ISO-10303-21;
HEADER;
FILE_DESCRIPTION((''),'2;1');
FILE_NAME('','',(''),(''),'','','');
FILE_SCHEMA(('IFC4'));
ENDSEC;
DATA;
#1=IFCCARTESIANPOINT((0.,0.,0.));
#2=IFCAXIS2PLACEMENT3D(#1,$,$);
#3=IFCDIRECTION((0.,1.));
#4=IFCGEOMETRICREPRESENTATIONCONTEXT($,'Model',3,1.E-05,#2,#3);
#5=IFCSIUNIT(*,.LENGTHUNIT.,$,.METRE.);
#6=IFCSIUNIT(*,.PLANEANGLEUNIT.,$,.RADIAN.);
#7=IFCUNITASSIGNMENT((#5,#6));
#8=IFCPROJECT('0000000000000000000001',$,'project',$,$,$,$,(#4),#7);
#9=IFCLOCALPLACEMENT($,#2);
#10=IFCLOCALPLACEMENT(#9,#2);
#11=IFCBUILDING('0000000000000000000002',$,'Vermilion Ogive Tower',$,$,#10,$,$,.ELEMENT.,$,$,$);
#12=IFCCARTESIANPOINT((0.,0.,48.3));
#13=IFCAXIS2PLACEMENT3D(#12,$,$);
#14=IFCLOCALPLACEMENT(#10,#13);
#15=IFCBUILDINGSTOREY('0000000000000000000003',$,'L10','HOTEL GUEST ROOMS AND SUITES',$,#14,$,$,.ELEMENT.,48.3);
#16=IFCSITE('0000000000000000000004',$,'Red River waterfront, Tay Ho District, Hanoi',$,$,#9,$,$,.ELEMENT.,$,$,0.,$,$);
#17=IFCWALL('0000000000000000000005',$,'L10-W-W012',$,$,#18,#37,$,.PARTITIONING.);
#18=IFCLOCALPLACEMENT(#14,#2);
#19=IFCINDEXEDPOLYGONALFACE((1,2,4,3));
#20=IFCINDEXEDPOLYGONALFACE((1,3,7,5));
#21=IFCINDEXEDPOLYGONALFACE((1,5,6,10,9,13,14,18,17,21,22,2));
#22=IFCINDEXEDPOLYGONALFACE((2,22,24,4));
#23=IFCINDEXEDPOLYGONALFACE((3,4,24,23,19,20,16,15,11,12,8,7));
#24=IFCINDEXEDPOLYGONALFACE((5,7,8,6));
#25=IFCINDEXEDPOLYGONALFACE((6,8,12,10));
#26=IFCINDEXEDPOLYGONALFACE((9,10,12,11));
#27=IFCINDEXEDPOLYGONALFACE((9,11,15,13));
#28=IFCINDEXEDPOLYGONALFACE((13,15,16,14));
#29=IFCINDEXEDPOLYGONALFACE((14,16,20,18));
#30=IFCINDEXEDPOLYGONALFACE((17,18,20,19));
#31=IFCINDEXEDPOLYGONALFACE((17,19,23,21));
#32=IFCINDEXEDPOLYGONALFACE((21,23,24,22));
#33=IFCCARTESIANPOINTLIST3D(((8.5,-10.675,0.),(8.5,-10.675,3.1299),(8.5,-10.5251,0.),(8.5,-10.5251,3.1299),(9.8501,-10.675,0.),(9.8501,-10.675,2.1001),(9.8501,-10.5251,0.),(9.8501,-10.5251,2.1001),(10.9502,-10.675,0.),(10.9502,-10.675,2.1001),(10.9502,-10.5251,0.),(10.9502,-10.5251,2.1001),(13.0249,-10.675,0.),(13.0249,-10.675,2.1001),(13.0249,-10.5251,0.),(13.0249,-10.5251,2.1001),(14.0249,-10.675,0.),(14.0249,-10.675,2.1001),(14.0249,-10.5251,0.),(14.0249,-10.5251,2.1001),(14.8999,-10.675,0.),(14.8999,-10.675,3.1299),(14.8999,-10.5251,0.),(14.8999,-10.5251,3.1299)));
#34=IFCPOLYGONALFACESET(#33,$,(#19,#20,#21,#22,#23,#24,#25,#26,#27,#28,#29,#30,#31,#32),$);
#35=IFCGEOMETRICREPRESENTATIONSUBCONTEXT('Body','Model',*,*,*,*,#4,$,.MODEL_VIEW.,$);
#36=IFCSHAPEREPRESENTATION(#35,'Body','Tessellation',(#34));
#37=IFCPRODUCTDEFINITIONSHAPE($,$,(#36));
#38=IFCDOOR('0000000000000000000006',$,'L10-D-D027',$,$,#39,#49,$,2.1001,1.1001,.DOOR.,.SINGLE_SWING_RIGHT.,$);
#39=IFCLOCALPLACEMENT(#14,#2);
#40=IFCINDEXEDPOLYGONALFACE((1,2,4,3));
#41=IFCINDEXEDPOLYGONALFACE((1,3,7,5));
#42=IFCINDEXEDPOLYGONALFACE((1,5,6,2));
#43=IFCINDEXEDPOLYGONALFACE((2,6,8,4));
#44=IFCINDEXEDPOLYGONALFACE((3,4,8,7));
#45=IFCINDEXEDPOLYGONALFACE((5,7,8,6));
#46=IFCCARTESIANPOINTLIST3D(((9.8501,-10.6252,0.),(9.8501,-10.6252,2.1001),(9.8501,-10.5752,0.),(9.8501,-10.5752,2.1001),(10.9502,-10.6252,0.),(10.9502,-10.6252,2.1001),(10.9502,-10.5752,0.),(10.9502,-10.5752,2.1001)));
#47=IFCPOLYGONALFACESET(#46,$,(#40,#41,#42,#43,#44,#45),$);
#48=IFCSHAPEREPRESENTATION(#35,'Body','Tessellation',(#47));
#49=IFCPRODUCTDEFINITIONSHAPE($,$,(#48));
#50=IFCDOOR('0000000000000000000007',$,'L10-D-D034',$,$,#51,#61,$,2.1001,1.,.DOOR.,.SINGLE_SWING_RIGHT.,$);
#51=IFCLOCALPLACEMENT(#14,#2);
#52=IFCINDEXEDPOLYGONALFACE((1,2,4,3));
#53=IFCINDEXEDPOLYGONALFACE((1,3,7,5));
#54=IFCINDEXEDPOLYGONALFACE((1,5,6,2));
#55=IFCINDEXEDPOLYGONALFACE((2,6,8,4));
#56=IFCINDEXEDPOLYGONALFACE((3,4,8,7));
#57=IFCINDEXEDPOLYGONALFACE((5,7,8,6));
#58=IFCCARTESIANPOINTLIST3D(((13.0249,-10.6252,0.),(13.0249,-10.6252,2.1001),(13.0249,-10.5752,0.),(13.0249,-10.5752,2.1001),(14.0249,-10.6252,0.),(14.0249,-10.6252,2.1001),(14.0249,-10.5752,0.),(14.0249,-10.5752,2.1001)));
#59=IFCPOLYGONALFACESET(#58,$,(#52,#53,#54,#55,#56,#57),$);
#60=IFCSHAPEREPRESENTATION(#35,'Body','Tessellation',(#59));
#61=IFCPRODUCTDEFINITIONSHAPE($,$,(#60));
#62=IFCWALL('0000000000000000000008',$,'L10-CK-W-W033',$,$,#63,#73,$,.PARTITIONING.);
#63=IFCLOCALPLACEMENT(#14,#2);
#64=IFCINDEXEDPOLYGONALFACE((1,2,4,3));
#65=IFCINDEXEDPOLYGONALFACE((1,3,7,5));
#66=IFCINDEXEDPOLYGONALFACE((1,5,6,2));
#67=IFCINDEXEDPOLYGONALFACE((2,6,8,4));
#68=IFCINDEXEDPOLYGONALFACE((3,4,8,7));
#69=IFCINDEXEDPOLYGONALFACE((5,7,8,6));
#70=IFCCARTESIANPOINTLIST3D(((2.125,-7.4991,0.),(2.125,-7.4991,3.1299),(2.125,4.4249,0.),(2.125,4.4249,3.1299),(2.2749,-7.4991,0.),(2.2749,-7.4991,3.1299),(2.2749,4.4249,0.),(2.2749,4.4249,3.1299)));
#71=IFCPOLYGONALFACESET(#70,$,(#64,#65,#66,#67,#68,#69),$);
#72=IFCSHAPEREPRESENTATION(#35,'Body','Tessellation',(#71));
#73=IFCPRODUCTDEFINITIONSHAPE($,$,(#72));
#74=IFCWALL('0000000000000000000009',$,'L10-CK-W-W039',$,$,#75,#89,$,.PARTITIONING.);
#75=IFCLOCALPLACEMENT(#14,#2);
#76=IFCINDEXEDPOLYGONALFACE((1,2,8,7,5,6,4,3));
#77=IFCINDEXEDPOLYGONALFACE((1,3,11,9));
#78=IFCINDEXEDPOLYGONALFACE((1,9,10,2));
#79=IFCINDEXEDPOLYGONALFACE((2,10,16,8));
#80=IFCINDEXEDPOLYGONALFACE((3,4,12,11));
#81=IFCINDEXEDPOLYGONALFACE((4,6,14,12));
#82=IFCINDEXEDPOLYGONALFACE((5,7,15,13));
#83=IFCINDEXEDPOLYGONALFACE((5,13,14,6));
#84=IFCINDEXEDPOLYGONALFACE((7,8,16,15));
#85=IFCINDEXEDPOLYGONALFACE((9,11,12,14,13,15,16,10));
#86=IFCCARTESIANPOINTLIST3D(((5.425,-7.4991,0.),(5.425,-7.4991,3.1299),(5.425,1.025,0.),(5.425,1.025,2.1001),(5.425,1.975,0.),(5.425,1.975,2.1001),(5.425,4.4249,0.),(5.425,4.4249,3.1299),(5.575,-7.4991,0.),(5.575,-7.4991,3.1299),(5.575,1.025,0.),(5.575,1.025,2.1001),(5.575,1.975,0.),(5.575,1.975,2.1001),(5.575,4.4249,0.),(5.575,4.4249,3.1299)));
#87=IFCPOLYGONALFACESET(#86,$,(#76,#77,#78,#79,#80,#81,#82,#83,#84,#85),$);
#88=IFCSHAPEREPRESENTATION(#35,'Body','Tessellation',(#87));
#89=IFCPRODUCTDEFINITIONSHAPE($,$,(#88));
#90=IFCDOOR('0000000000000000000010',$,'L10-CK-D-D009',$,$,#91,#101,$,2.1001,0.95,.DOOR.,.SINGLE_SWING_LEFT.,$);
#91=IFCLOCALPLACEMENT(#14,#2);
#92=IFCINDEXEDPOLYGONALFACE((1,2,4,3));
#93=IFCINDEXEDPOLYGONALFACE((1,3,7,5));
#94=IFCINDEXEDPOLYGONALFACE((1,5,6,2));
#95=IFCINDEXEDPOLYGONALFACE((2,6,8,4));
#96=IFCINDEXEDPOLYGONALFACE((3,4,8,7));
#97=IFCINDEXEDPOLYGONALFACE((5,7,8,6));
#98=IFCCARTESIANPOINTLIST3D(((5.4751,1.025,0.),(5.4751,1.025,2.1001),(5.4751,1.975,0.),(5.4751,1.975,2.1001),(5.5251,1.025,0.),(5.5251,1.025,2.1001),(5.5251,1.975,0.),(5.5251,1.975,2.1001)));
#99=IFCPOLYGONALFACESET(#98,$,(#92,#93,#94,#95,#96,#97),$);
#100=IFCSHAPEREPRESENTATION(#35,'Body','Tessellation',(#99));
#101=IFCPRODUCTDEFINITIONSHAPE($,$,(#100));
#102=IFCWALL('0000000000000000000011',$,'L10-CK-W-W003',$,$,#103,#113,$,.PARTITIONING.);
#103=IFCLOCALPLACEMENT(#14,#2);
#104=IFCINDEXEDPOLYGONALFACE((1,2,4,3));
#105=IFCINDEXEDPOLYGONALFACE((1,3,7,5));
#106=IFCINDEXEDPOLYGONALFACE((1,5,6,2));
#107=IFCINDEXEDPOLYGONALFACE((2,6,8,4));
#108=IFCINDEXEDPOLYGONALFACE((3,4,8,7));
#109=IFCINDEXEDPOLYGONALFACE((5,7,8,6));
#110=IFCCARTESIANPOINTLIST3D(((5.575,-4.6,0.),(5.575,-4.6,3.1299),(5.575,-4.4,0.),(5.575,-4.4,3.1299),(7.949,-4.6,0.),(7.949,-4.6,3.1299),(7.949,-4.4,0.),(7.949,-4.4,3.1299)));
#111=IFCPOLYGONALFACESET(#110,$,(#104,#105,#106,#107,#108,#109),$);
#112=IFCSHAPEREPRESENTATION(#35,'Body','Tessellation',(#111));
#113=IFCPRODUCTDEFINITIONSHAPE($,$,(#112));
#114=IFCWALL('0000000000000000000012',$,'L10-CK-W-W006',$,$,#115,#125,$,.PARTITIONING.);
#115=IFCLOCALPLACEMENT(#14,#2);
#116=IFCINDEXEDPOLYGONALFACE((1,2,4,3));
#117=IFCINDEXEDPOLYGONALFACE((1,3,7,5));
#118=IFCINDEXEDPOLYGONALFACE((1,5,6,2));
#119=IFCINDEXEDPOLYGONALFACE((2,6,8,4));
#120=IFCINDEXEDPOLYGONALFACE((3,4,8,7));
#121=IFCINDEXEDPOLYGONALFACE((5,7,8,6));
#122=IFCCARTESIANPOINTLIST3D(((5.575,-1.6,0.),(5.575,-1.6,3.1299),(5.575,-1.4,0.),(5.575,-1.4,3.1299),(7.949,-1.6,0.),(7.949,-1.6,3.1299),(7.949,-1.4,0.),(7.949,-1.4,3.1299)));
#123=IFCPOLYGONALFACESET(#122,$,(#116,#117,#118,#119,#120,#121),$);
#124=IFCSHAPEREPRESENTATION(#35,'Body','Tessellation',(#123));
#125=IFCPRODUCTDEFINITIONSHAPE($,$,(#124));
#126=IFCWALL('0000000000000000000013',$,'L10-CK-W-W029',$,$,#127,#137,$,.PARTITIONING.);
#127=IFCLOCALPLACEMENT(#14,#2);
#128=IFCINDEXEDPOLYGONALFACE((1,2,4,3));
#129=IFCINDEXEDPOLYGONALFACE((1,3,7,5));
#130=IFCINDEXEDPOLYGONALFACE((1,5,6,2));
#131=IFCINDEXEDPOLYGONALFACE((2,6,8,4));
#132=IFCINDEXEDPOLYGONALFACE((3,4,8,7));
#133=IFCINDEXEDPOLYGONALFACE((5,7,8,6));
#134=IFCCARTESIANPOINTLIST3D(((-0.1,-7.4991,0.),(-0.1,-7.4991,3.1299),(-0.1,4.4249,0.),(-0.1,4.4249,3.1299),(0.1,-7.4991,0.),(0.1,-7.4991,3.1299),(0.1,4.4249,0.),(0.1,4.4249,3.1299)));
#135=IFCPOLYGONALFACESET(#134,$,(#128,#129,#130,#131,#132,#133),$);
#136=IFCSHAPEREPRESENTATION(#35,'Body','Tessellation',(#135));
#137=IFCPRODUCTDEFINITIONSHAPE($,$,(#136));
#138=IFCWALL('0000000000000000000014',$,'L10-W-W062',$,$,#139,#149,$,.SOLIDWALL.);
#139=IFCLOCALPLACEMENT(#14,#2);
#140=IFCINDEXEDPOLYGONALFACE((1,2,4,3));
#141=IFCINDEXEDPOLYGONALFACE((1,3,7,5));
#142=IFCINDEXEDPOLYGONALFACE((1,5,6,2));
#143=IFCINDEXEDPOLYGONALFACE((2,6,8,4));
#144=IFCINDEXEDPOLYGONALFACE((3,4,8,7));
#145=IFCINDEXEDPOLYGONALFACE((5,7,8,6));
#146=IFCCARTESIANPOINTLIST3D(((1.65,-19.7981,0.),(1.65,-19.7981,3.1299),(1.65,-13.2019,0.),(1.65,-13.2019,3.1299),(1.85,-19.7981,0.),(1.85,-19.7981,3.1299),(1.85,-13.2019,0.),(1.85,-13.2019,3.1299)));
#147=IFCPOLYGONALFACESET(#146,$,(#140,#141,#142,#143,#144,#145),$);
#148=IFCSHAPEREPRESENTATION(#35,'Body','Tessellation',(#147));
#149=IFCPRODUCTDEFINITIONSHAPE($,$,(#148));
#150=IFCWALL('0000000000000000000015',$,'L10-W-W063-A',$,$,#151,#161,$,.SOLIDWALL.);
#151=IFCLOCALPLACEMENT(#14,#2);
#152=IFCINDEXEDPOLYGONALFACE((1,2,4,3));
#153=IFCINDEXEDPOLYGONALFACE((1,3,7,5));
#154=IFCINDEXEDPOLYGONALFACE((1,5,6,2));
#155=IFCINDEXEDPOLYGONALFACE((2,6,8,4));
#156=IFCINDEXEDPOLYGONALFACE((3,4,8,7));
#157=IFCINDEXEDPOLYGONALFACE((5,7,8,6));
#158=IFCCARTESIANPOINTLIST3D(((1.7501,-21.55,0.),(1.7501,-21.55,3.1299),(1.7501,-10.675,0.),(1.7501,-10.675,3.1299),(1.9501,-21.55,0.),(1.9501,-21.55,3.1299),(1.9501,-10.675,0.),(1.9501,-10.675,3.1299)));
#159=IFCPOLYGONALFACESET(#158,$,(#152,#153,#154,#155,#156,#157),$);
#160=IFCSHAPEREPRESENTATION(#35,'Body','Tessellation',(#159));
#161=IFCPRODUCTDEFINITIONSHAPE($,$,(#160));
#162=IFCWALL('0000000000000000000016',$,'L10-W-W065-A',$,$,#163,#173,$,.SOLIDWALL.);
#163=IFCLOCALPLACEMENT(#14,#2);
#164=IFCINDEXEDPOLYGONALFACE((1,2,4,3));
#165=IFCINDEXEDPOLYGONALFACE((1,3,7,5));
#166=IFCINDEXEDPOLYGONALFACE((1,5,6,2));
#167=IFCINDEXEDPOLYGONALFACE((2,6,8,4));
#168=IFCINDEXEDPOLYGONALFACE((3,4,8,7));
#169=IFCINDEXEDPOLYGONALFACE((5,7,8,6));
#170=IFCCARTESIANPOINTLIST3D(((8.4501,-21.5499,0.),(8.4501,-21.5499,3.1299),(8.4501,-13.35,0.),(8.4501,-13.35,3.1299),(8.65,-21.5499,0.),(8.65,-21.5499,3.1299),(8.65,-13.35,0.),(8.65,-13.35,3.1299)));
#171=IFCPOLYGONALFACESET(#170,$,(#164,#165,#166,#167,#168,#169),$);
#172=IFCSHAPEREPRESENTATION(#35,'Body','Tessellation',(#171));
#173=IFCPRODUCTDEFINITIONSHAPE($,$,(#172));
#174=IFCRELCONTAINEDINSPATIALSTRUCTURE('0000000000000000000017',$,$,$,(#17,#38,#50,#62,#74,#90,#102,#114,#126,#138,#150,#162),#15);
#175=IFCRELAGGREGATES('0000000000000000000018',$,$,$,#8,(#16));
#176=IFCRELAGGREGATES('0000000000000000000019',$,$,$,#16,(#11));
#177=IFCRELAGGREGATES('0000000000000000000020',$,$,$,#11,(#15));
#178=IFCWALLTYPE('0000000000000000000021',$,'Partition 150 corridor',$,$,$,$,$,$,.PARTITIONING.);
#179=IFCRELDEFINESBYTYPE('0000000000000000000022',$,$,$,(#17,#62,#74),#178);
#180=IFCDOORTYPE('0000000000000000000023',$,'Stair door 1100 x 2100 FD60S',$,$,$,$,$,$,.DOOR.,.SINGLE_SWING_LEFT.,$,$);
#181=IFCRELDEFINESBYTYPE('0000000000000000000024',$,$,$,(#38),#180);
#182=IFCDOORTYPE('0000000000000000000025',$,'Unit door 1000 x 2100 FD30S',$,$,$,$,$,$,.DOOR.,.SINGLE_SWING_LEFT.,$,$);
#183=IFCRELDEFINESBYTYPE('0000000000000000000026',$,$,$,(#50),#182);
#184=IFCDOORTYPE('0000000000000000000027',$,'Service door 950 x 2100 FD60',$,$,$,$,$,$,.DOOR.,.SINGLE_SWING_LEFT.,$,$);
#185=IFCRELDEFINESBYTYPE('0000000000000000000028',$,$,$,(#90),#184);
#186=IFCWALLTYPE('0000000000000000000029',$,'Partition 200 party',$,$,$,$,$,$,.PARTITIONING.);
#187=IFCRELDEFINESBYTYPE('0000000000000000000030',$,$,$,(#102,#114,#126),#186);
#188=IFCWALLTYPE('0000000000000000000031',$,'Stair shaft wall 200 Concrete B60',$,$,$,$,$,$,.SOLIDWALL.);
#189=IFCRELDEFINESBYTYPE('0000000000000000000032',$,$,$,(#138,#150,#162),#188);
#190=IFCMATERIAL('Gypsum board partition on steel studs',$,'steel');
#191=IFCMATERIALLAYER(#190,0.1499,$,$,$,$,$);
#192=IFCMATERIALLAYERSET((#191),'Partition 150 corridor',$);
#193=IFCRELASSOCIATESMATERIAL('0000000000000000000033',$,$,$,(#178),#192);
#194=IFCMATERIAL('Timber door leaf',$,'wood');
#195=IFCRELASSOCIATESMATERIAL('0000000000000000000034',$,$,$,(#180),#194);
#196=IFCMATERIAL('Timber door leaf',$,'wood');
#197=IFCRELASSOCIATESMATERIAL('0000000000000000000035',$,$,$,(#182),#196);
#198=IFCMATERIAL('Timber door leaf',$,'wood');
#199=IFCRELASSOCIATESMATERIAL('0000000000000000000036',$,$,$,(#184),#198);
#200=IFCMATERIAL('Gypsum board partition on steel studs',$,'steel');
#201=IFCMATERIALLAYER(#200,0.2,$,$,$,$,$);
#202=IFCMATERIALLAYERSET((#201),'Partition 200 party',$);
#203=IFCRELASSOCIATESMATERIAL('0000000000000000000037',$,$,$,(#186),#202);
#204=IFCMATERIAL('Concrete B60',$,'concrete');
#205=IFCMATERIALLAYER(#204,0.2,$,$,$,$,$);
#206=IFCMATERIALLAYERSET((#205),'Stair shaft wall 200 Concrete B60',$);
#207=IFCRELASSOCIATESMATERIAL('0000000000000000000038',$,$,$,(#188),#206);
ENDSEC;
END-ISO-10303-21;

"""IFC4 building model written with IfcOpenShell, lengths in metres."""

from ifc_helpers import new_model, si_unit, direction, frame, frame_2d, origin, place, context, subcontext, project, spatial, rectangle, extrude, material, layer, layer_set, type_object, element, fill, save


model = new_model("IFC4")

# Units and contexts
model_context = context("Model", 3, precision=1e-05, world=origin(), true_north=direction((0.0, 1.0)))
body_context = subcontext(model_context, "Body", "Model", "MODEL_VIEW")
ifc_project = project(units=[si_unit("LENGTHUNIT", "METRE"), si_unit("PLANEANGLEUNIT", "RADIAN")], contexts=[model_context])

# Site, building, storey
site_placement = place(None, origin())
site = spatial("IfcSite", under=ifc_project, at=site_placement, Name="Red River waterfront, Tay Ho District, Hanoi", CompositionType="ELEMENT", RefElevation=0.0)
building_placement = place(site_placement, origin())
building = spatial("IfcBuilding", under=site, at=building_placement, Name="Vermilion Ogive Tower", CompositionType="ELEMENT")
storey_placement = place(building_placement, frame((0.0, 0.0, 48.3)))
storey = spatial("IfcBuildingStorey", under=building, at=storey_placement, Name="L10", Description="HOTEL GUEST ROOMS AND SUITES", CompositionType="ELEMENT", Elevation=48.3)

# Wall, openings, doors
ifc_material_1 = material(Name="Gypsum board partition on steel studs", Category="steel")
ifc_layer_1 = layer(ifc_material_1, 0.1499)
ifc_layer_set_1 = layer_set([ifc_layer_1], Name="Partition 150 corridor")
wall_type_1 = type_object("IfcWallType", Name="Partition 150 corridor", PredefinedType="PARTITIONING", material=ifc_layer_set_1)
wall_1_placement = place(storey_placement, frame((8.5, -10.6001, 0.0), z_axis=(0.0, 0.0, 1.0), x_axis=(1.0, 0.0, 0.0)))
wall_1 = element("IfcWall", 1, at=wall_1_placement, inside=storey, type_object=wall_type_1, Name="L10-W-W012", PredefinedType="PARTITIONING", context=body_context, shape_type="SweptSolid", body=[
    extrude(rectangle(XDim=6.3999, YDim=0.1499, at=frame_2d((3.2, 0.0))), origin(), (0.0, 0.0, 1.0), 3.1299),
])
opening_1_placement = place(wall_1_placement, frame((1.3501, 0.0, 0.0)))
opening_1 = element("IfcOpeningElement", 2, at=opening_1_placement, cuts=wall_1, PredefinedType="OPENING", context=body_context, shape_type="SweptSolid", body=[
    extrude(rectangle(XDim=1.1001, YDim=2.1001, at=frame_2d((0.55, 1.05))), frame((0.0, 0.085, 0.0), z_axis=(0.0, -1.0, 0.0), x_axis=(1.0, 0.0, 0.0)), (0.0, 0.0, 1.0), 0.1699),
])
opening_2_placement = place(wall_1_placement, frame((4.5249, 0.0, 0.0)))
opening_2 = element("IfcOpeningElement", 3, at=opening_2_placement, cuts=wall_1, PredefinedType="OPENING", context=body_context, shape_type="SweptSolid", body=[
    extrude(rectangle(XDim=1.0, YDim=2.1001, at=frame_2d((0.5, 1.05))), frame((0.0, 0.085, 0.0), z_axis=(0.0, -1.0, 0.0), x_axis=(1.0, 0.0, 0.0)), (0.0, 0.0, 1.0), 0.1699),
])
ifc_material_2 = material(Name="Timber door leaf", Category="wood")
door_type_1 = type_object("IfcDoorType", Name="Stair door 1100 x 2100 FD60S", OperationType="SINGLE_SWING_LEFT", PredefinedType="DOOR", material=ifc_material_2)
door_1_placement = place(opening_1_placement, origin())
door_1 = element("IfcDoor", 4, at=door_1_placement, inside=storey, type_object=door_type_1, Name="L10-D-D027", OperationType="SINGLE_SWING_RIGHT", OverallHeight=2.1001, OverallWidth=1.1001, PredefinedType="DOOR", context=body_context, shape_type="SweptSolid", body=[
    extrude(rectangle(XDim=1.1001, YDim=2.1001, at=frame_2d((0.55, 1.05))), frame((0.0, 0.0249, 0.0), z_axis=(0.0, -1.0, 0.0), x_axis=(1.0, 0.0, 0.0)), (0.0, 0.0, 1.0), 0.05),
])
fill(opening_1, door_1)
ifc_material_3 = material(Name="Timber door leaf", Category="wood")
door_type_2 = type_object("IfcDoorType", Name="Unit door 1000 x 2100 FD30S", OperationType="SINGLE_SWING_LEFT", PredefinedType="DOOR", material=ifc_material_3)
door_2_placement = place(opening_2_placement, origin())
door_2 = element("IfcDoor", 5, at=door_2_placement, inside=storey, type_object=door_type_2, Name="L10-D-D034", OperationType="SINGLE_SWING_RIGHT", OverallHeight=2.1001, OverallWidth=1.0, PredefinedType="DOOR", context=body_context, shape_type="SweptSolid", body=[
    extrude(rectangle(XDim=1.0, YDim=2.1001, at=frame_2d((0.5, 1.05))), frame((0.0, 0.0249, 0.0), z_axis=(0.0, -1.0, 0.0), x_axis=(1.0, 0.0, 0.0)), (0.0, 0.0, 1.0), 0.05),
])
fill(opening_2, door_2)

# Wall
wall_2_placement = place(storey_placement, frame((2.2, -7.499, 0.0), z_axis=(0.0, 0.0, 1.0), x_axis=(0.0, 1.0, 0.0)))
element("IfcWall", 6, at=wall_2_placement, inside=storey, type_object=wall_type_1, Name="L10-CK-W-W033", PredefinedType="PARTITIONING", context=body_context, shape_type="SweptSolid", body=[
    extrude(rectangle(XDim=11.9241, YDim=0.1499, at=frame_2d((5.9619, 0.0))), origin(), (0.0, 0.0, 1.0), 3.1299),
])

# Wall, opening, door
wall_3_placement = place(storey_placement, frame((5.5, -7.499, 0.0), z_axis=(0.0, 0.0, 1.0), x_axis=(0.0, 1.0, 0.0)))
wall_3 = element("IfcWall", 7, at=wall_3_placement, inside=storey, type_object=wall_type_1, Name="L10-CK-W-W039", PredefinedType="PARTITIONING", context=body_context, shape_type="SweptSolid", body=[
    extrude(rectangle(XDim=11.9241, YDim=0.1499, at=frame_2d((5.9619, 0.0))), origin(), (0.0, 0.0, 1.0), 3.1299),
])
opening_3_placement = place(wall_3_placement, frame((8.5239, 0.0, 0.0)))
opening_3 = element("IfcOpeningElement", 8, at=opening_3_placement, cuts=wall_3, PredefinedType="OPENING", context=body_context, shape_type="SweptSolid", body=[
    extrude(rectangle(XDim=0.95, YDim=2.1001, at=frame_2d((0.4751, 1.05))), frame((0.0, 0.085, 0.0), z_axis=(0.0, -1.0, 0.0), x_axis=(1.0, 0.0, 0.0)), (0.0, 0.0, 1.0), 0.1699),
])
ifc_material_4 = material(Name="Timber door leaf", Category="wood")
door_type_3 = type_object("IfcDoorType", Name="Service door 950 x 2100 FD60", OperationType="SINGLE_SWING_LEFT", PredefinedType="DOOR", material=ifc_material_4)
door_3_placement = place(opening_3_placement, origin())
door_3 = element("IfcDoor", 9, at=door_3_placement, inside=storey, type_object=door_type_3, Name="L10-CK-D-D009", OperationType="SINGLE_SWING_LEFT", OverallHeight=2.1001, OverallWidth=0.95, PredefinedType="DOOR", context=body_context, shape_type="SweptSolid", body=[
    extrude(rectangle(XDim=0.95, YDim=2.1001, at=frame_2d((0.4751, 1.05))), frame((0.0, 0.0249, 0.0), z_axis=(0.0, -1.0, 0.0), x_axis=(1.0, 0.0, 0.0)), (0.0, 0.0, 1.0), 0.05),
])
fill(opening_3, door_3)

# Walls
ifc_material_5 = material(Name="Gypsum board partition on steel studs", Category="steel")
ifc_layer_2 = layer(ifc_material_5, 0.2)
ifc_layer_set_2 = layer_set([ifc_layer_2], Name="Partition 200 party")
wall_type_2 = type_object("IfcWallType", Name="Partition 200 party", PredefinedType="PARTITIONING", material=ifc_layer_set_2)
for number, where, z_axis, x_axis, name in (
    (10, (5.575, -4.5, 0.0), (0.0, 0.0, 1.0), (1.0, 0.0, 0.0), "L10-CK-W-W003"),
    (11, (5.575, -1.5, 0.0), (0.0, 0.0, 1.0), (1.0, 0.0, 0.0), "L10-CK-W-W006"),
):
    element("IfcWall", number, at=place(storey_placement, frame(where, z_axis=z_axis, x_axis=x_axis)), inside=storey, type_object=wall_type_2, Name=name, PredefinedType="PARTITIONING", context=body_context, shape_type="SweptSolid", body=[
        extrude(rectangle(XDim=2.374, YDim=0.2, at=frame_2d((1.187, 0.0))), origin(), (0.0, 0.0, 1.0), 3.1299),
    ])
wall_4_placement = place(storey_placement, frame((0.0, -7.499, 0.0), z_axis=(0.0, 0.0, 1.0), x_axis=(0.0, 1.0, 0.0)))
element("IfcWall", 12, at=wall_4_placement, inside=storey, type_object=wall_type_2, Name="L10-CK-W-W029", PredefinedType="PARTITIONING", context=body_context, shape_type="SweptSolid", body=[
    extrude(rectangle(XDim=11.9241, YDim=0.2, at=frame_2d((5.9619, 0.0))), origin(), (0.0, 0.0, 1.0), 3.1299),
])
ifc_material_6 = material(Name="Concrete B60", Category="concrete")
ifc_layer_3 = layer(ifc_material_6, 0.2)
ifc_layer_set_3 = layer_set([ifc_layer_3], Name="Stair shaft wall 200 Concrete B60")
wall_type_3 = type_object("IfcWallType", Name="Stair shaft wall 200 Concrete B60", PredefinedType="SOLIDWALL", material=ifc_layer_set_3)
wall_5_placement = place(storey_placement, frame((1.75, -19.7981, 0.0), z_axis=(0.0, 0.0, 1.0), x_axis=(0.0, 1.0, 0.0)))
element("IfcWall", 13, at=wall_5_placement, inside=storey, type_object=wall_type_3, Name="L10-W-W062", PredefinedType="SOLIDWALL", context=body_context, shape_type="SweptSolid", body=[
    extrude(rectangle(XDim=6.5962, YDim=0.2, at=frame_2d((3.2981, 0.0))), origin(), (0.0, 0.0, 1.0), 3.1299),
])
wall_6_placement = place(storey_placement, frame((1.8501, -21.55, 0.0), z_axis=(0.0, 0.0, 1.0), x_axis=(0.0, 1.0, 0.0)))
element("IfcWall", 14, at=wall_6_placement, inside=storey, type_object=wall_type_3, Name="L10-W-W063-A", PredefinedType="SOLIDWALL", context=body_context, shape_type="SweptSolid", body=[
    extrude(rectangle(XDim=10.875, YDim=0.2, at=frame_2d((5.4375, 0.0))), origin(), (0.0, 0.0, 1.0), 3.1299),
])
wall_7_placement = place(storey_placement, frame((8.55, -21.55, 0.0), z_axis=(0.0, 0.0, 1.0), x_axis=(0.0, 1.0, 0.0)))
element("IfcWall", 15, at=wall_7_placement, inside=storey, type_object=wall_type_3, Name="L10-W-W065-A", PredefinedType="SOLIDWALL", context=body_context, shape_type="SweptSolid", body=[
    extrude(rectangle(XDim=8.2, YDim=0.2, at=frame_2d((4.1001, 0.0))), origin(), (0.0, 0.0, 1.0), 3.1299),
])

save(model, "model.ifc")
